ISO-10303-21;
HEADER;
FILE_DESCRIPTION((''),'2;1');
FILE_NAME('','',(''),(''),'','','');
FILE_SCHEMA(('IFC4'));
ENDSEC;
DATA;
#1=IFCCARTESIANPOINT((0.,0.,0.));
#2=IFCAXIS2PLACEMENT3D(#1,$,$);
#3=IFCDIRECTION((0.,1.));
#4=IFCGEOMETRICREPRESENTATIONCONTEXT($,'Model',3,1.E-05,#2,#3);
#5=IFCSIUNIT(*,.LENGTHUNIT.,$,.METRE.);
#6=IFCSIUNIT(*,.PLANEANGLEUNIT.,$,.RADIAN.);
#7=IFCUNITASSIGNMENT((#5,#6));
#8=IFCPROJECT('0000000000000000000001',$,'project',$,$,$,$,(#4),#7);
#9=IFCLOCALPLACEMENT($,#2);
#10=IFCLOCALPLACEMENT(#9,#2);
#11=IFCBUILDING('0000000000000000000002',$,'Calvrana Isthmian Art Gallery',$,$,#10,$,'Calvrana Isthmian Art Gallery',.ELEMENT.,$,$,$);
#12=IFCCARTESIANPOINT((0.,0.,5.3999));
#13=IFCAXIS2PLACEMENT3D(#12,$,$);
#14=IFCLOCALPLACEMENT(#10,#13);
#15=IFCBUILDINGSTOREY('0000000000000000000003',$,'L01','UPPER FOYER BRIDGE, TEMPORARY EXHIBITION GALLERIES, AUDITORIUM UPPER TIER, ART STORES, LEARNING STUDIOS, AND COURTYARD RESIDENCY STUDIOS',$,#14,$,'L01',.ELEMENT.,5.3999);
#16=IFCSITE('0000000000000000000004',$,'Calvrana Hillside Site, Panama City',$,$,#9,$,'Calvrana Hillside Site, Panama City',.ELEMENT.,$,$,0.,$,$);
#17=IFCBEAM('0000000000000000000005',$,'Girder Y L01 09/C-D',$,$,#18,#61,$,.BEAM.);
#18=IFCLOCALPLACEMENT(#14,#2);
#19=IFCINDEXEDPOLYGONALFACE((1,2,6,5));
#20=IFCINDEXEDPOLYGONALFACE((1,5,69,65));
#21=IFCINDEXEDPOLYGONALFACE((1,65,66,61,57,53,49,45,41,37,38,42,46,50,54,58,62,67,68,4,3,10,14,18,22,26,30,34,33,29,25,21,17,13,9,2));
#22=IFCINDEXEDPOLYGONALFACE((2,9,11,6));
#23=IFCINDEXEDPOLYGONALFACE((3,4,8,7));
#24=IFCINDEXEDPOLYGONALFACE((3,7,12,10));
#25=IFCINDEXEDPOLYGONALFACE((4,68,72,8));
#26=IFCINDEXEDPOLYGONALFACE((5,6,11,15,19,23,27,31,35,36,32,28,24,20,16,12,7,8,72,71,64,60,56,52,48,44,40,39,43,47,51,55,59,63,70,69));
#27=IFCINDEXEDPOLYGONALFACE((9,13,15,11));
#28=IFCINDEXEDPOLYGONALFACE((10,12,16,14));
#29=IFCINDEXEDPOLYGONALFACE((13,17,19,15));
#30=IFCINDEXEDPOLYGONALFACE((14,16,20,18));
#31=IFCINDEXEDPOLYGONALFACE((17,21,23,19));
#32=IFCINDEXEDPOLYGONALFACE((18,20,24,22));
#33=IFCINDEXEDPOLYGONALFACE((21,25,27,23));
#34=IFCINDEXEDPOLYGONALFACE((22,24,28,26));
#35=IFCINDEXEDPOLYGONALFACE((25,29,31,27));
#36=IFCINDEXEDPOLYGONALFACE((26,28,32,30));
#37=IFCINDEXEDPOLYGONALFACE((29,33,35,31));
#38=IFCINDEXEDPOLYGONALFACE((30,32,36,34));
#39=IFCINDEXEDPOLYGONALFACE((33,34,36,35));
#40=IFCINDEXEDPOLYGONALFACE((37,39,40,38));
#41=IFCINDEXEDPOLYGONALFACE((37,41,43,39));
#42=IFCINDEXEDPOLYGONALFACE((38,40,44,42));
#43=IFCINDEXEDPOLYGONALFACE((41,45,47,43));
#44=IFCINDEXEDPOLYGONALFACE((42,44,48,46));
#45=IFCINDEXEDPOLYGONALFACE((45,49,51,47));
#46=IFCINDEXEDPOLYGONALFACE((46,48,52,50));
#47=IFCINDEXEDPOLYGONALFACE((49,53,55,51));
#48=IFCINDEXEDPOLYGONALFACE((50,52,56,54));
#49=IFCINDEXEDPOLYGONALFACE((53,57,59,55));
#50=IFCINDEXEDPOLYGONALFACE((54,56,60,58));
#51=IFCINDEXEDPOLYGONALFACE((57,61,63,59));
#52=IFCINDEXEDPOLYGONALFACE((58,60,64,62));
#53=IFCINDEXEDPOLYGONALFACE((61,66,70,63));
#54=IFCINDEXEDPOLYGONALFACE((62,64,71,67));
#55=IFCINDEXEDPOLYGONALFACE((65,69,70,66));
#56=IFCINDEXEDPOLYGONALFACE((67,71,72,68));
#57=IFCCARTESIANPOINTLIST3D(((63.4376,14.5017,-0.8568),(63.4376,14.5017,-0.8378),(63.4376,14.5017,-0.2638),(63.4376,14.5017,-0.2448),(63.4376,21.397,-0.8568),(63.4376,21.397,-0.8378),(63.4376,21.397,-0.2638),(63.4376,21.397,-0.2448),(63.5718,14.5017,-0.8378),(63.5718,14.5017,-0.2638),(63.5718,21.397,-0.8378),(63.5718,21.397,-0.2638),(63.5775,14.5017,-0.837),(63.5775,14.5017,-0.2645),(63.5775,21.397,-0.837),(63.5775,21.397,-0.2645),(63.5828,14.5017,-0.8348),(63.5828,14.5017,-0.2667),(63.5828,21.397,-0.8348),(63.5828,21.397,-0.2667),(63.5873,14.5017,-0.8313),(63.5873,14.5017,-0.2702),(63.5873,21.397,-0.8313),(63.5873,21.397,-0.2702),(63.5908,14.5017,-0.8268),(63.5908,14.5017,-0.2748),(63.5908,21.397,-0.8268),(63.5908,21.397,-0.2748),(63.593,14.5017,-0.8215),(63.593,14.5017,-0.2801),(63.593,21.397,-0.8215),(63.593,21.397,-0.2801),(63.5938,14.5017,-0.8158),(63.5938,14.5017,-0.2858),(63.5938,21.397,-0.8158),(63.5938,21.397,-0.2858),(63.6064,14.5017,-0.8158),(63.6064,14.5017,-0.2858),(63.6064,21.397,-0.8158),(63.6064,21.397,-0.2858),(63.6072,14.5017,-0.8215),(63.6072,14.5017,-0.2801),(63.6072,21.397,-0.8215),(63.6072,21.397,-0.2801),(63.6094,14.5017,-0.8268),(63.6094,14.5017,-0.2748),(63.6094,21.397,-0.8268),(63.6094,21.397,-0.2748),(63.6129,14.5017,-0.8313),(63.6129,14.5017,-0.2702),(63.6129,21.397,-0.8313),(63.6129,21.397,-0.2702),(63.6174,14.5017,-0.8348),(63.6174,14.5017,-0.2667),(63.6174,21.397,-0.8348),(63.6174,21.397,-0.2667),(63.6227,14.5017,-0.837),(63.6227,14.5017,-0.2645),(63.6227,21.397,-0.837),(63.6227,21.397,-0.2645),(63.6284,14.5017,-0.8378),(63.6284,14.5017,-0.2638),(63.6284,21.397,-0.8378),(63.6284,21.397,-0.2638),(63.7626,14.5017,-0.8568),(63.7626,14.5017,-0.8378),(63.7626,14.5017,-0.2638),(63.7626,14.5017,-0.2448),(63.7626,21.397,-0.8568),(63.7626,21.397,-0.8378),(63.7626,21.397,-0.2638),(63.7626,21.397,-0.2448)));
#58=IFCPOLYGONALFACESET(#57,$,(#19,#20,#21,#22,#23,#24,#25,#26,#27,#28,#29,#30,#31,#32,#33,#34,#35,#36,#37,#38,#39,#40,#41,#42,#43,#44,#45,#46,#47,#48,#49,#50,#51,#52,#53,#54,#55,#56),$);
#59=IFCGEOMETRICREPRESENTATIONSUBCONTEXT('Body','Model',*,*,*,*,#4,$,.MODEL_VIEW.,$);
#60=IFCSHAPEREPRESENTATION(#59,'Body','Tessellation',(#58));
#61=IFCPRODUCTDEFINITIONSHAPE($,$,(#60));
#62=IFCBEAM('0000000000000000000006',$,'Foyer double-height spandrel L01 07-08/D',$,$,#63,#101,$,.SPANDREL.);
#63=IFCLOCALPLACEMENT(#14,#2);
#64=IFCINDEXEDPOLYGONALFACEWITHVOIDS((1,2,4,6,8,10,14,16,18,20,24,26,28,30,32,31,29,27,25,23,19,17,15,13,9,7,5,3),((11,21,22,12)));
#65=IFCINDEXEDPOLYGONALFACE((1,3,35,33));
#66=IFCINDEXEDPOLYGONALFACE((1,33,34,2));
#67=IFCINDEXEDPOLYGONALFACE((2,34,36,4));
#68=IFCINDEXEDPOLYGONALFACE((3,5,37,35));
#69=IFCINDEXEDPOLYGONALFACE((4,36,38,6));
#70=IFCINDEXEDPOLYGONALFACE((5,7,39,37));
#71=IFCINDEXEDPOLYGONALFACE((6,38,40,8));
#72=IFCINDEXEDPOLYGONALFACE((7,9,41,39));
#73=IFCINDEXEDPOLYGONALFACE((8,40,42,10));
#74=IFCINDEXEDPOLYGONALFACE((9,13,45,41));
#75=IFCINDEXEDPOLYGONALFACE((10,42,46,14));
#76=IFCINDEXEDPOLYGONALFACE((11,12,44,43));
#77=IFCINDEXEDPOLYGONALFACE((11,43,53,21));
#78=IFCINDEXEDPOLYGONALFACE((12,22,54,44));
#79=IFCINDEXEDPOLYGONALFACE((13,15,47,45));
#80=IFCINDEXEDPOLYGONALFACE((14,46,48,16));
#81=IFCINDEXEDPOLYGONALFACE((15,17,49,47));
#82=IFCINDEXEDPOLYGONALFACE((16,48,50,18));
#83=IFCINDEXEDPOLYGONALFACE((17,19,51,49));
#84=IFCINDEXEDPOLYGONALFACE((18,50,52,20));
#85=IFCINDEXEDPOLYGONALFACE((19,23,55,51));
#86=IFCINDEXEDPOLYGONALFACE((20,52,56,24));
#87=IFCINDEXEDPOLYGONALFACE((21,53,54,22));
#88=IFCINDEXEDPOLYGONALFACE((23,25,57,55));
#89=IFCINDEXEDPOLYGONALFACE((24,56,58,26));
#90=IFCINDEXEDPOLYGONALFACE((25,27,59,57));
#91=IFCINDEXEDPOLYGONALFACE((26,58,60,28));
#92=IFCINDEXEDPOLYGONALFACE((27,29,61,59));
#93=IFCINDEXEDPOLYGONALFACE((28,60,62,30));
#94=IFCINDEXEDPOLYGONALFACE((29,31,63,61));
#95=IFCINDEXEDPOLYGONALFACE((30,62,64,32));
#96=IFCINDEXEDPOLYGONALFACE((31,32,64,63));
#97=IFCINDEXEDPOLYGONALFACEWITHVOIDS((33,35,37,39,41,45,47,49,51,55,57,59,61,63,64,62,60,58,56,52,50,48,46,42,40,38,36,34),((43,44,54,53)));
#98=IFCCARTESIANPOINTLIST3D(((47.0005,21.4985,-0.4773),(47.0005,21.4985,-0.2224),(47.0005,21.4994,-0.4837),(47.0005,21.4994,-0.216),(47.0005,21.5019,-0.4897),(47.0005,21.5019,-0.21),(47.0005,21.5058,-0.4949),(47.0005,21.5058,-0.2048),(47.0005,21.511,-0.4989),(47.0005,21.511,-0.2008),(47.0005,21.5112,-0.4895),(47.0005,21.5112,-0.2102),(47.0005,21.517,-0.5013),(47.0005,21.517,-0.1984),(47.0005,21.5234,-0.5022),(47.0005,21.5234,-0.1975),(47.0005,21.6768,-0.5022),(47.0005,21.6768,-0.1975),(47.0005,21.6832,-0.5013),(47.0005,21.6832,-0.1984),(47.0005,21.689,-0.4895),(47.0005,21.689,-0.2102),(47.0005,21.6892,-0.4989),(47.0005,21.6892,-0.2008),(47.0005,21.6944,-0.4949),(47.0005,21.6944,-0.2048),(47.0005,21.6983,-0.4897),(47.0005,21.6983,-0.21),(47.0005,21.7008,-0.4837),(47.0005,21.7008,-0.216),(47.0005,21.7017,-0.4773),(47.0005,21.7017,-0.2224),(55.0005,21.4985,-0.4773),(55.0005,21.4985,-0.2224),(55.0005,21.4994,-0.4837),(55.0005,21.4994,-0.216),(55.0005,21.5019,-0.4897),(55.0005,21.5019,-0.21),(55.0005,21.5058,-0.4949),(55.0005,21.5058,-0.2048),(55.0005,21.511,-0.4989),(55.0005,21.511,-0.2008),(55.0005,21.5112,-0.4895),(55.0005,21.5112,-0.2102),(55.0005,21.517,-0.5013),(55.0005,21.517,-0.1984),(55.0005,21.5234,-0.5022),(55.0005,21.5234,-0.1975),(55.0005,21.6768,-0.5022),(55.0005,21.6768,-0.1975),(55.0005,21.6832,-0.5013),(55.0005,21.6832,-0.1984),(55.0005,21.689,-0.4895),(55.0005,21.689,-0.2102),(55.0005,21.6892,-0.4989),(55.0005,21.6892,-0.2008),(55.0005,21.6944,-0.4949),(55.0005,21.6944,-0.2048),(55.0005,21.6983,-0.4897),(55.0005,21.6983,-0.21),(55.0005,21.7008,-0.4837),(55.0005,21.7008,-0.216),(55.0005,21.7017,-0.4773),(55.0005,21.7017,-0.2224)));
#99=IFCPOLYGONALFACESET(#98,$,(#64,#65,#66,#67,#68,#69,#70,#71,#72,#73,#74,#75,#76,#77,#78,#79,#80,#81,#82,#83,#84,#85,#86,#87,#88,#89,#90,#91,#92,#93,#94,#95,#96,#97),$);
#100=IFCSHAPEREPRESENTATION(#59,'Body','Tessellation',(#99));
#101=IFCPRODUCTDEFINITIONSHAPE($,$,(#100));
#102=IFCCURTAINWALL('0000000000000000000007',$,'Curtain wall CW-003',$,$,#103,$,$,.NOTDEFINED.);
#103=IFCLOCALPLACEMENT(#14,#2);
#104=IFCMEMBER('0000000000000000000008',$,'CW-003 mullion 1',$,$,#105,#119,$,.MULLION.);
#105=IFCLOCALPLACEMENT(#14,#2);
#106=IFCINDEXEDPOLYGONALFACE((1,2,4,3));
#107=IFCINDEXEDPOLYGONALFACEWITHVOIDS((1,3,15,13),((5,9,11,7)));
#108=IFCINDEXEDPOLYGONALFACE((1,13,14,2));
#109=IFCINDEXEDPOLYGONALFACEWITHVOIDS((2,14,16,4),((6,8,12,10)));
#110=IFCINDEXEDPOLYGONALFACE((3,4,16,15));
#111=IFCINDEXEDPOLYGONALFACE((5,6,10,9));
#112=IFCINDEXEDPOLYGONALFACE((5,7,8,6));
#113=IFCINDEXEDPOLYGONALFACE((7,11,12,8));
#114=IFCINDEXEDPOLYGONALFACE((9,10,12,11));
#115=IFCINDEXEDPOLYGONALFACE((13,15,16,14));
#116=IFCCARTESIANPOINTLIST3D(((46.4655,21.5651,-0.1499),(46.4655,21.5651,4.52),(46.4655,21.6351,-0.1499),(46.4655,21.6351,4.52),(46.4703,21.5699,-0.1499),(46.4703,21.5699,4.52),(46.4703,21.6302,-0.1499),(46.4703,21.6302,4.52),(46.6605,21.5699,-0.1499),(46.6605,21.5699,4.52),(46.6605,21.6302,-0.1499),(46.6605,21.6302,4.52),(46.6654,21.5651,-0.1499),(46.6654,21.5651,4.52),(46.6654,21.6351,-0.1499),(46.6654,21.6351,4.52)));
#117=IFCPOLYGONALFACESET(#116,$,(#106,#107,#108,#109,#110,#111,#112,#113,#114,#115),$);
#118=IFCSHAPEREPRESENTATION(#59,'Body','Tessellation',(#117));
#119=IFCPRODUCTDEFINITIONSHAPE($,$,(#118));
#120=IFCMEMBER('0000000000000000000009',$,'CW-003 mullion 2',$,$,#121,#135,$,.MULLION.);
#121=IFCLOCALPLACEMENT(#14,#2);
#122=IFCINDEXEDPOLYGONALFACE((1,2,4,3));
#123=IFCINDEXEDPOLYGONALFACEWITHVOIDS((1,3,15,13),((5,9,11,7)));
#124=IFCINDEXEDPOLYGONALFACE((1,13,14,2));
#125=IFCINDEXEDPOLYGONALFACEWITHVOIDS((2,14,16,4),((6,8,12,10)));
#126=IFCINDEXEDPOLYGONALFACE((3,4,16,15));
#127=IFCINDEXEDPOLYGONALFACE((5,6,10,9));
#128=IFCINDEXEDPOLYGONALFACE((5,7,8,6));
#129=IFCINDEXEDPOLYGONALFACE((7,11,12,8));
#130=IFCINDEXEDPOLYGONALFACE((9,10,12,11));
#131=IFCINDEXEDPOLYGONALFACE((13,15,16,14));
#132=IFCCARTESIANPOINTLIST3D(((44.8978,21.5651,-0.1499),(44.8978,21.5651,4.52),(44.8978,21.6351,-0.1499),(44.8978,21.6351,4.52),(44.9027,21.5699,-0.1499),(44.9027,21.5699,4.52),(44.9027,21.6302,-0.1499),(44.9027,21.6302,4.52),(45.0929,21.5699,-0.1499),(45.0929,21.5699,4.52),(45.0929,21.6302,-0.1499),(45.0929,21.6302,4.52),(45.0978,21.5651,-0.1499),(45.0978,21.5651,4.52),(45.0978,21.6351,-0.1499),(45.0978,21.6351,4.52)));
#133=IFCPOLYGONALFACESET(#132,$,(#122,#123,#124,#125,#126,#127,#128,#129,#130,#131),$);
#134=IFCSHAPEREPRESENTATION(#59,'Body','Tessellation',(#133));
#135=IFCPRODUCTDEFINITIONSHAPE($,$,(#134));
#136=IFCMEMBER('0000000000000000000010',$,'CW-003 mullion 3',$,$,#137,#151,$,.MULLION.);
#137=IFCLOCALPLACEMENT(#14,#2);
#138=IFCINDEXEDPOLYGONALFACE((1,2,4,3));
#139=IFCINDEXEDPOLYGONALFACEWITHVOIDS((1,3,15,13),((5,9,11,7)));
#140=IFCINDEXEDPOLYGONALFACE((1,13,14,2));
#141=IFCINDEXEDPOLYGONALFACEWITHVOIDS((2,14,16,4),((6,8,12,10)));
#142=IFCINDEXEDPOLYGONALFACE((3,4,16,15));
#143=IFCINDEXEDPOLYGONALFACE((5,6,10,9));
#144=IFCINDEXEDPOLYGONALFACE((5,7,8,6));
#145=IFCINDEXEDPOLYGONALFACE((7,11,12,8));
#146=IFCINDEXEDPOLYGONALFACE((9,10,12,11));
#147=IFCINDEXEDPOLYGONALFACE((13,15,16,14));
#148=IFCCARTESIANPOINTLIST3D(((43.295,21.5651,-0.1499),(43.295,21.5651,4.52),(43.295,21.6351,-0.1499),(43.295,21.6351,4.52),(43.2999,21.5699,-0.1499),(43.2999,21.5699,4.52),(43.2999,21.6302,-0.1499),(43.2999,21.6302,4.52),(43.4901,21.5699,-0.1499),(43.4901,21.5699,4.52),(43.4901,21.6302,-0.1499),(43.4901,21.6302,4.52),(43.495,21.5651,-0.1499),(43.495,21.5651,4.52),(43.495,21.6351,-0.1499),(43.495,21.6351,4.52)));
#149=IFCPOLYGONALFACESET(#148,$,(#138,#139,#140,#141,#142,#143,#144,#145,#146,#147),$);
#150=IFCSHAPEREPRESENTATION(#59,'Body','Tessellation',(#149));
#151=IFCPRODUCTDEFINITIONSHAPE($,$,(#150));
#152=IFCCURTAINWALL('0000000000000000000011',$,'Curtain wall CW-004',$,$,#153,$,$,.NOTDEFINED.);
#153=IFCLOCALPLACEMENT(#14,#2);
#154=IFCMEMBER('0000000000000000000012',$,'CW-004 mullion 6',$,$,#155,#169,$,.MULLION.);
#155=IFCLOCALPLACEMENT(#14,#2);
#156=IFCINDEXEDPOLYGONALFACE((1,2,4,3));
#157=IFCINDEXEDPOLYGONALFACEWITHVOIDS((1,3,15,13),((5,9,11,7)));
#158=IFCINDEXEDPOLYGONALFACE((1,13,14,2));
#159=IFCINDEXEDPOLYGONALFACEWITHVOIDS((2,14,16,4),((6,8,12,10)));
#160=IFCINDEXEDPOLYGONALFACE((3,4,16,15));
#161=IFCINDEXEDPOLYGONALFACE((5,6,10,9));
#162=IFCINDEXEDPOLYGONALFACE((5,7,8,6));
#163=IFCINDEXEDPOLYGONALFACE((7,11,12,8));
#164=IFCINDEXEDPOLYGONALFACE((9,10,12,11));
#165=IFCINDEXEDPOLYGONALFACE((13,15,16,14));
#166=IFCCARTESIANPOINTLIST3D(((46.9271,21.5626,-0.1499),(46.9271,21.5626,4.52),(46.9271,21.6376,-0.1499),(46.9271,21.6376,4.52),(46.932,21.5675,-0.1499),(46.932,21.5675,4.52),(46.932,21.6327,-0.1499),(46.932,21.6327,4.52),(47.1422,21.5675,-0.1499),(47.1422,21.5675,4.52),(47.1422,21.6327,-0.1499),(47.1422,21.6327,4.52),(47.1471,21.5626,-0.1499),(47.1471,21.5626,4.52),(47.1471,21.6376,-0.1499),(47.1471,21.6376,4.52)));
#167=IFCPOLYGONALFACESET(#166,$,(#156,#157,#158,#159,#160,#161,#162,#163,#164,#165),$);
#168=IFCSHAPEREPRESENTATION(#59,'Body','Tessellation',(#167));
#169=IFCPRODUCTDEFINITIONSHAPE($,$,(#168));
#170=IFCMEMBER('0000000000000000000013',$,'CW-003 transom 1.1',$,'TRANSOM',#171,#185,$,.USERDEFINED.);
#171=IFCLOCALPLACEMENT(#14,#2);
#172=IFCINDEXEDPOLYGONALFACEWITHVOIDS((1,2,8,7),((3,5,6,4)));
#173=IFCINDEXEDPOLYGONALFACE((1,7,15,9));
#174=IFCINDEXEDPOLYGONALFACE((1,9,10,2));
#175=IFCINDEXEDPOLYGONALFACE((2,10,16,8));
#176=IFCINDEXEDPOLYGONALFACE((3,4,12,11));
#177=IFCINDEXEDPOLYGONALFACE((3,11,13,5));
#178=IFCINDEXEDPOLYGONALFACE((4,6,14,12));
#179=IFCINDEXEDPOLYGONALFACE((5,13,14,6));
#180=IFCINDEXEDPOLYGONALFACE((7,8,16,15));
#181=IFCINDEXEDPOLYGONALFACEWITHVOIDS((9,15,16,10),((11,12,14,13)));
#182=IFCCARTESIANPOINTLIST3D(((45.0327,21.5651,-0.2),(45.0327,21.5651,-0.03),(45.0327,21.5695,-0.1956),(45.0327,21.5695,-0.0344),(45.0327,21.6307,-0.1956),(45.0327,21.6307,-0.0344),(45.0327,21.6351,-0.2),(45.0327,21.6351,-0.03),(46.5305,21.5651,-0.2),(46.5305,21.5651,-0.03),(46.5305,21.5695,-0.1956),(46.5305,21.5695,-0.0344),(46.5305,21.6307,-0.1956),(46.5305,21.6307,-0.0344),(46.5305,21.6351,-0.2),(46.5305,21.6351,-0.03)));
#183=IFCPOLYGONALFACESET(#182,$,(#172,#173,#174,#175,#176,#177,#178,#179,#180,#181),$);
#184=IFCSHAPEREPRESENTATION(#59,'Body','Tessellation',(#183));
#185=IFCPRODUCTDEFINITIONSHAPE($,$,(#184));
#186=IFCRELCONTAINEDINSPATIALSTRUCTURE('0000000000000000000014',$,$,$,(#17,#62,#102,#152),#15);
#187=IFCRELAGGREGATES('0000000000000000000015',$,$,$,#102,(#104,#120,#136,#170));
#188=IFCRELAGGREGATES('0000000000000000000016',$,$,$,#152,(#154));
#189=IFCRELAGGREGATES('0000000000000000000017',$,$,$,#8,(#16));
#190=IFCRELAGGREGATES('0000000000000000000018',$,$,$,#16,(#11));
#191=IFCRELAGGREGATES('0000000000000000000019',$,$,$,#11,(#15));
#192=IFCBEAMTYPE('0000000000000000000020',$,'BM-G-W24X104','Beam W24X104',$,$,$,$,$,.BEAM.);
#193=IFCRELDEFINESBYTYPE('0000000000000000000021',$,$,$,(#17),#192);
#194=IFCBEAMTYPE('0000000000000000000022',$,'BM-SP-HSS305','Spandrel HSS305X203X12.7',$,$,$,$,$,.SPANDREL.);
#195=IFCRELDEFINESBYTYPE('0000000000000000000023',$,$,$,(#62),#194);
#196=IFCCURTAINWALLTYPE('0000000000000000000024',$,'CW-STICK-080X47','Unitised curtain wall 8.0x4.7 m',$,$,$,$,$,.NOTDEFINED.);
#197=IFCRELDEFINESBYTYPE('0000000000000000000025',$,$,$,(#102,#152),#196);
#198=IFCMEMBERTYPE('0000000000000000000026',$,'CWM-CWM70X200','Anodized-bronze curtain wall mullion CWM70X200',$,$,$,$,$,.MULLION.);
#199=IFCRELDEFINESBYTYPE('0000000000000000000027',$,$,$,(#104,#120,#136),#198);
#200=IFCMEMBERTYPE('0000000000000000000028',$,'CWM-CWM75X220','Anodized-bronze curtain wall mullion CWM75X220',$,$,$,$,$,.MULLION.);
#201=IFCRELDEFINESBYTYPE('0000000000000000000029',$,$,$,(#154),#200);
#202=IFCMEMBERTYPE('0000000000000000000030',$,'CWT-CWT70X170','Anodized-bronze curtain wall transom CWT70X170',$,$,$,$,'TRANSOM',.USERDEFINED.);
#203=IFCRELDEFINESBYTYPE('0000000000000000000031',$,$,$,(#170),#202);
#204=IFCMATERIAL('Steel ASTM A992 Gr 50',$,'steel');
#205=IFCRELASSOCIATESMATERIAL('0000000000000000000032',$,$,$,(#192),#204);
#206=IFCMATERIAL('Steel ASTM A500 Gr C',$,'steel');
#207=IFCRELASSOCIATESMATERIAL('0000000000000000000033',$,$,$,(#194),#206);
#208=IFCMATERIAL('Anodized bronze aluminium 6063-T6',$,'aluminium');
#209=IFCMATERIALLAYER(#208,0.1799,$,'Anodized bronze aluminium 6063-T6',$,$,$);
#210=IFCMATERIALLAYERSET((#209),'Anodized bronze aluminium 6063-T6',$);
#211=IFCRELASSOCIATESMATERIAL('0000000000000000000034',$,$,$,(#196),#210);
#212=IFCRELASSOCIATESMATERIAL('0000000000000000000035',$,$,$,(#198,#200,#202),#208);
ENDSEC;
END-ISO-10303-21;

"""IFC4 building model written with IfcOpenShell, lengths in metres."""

from ifc_helpers import new_model, si_unit, direction, frame, origin, origin_2d, place, context, subcontext, project, spatial, hollow_rectangle, i_section, extrude, material, layer, layer_set, material_profile, profile_set, type_object, element, aggregate, save


model = new_model("IFC4")

# Units and contexts
model_context = context("Model", 3, precision=1e-05, world=origin(), true_north=direction((0.0, 1.0)))
body_context = subcontext(model_context, "Body", "Model", "MODEL_VIEW")
ifc_project = project(units=[si_unit("LENGTHUNIT", "METRE"), si_unit("PLANEANGLEUNIT", "RADIAN")], contexts=[model_context])

# Site, building, storey
site_placement = place(None, origin())
site = spatial("IfcSite", under=ifc_project, at=site_placement, Name="Calvrana Hillside Site, Panama City", LongName="Calvrana Hillside Site, Panama City", CompositionType="ELEMENT", RefElevation=0.0)
building_placement = place(site_placement, origin())
building = spatial("IfcBuilding", under=site, at=building_placement, Name="Calvrana Isthmian Art Gallery", LongName="Calvrana Isthmian Art Gallery", CompositionType="ELEMENT")
storey_placement = place(building_placement, frame((0.0, 0.0, 5.3999)))
storey = spatial("IfcBuildingStorey", under=building, at=storey_placement, Name="L01", Description="UPPER FOYER BRIDGE, TEMPORARY EXHIBITION GALLERIES, AUDITORIUM UPPER TIER, ART STORES, LEARNING STUDIOS, AND COURTYARD RESIDENCY STUDIOS", LongName="L01", CompositionType="ELEMENT", Elevation=5.3999)

# Shared definitions
ifc_material_1 = material(Name="Steel ASTM A992 Gr 50", Category="steel")

# Beams
ifc_material_profile_1 = material_profile(ifc_material_1, i_section(OverallWidth=0.325, OverallDepth=0.6121, WebThickness=0.0127, FlangeThickness=0.019, FilletRadius=0.022, at=origin_2d()), Name="W24X104")
ifc_profile_set_1 = profile_set([ifc_material_profile_1], Name="Steel ASTM A992 Gr 50")
beam_type_1 = type_object("IfcBeamType", Name="BM-G-W24X104", Description="Beam W24X104", PredefinedType="BEAM", material=ifc_profile_set_1)
beam_1_placement = place(storey_placement, frame((63.6001, 14.5017, -0.5508), z_axis=(0.0, 1.0, 0.0), x_axis=(-1.0, 0.0, 0.0)))
element("IfcBeam", 1, at=beam_1_placement, inside=storey, type_object=beam_type_1, Name="Girder Y L01 09/C-D", PredefinedType="BEAM", context=body_context, shape_type="SweptSolid", body=[
    extrude(i_section(OverallWidth=0.325, OverallDepth=0.6121, WebThickness=0.0127, FlangeThickness=0.019, FilletRadius=0.022, at=origin_2d()), origin(), (0.0, 0.0, 1.0), 6.8953),
])
ifc_material_2 = material(Name="Steel ASTM A500 Gr C", Category="steel")
ifc_material_profile_2 = material_profile(ifc_material_2, hollow_rectangle(XDim=0.2031, YDim=0.3047, WallThickness=0.0127, OuterFilletRadius=0.0249, at=origin_2d()), Name="HSS305X203X12.7")
ifc_profile_set_2 = profile_set([ifc_material_profile_2], Name="Steel ASTM A500 Gr C")
beam_type_2 = type_object("IfcBeamType", Name="BM-SP-HSS305", Description="Spandrel HSS305X203X12.7", PredefinedType="SPANDREL", material=ifc_profile_set_2)
beam_2_placement = place(storey_placement, frame((47.0005, 21.6001, -0.3499), z_axis=(1.0, 0.0, 0.0), x_axis=(0.0, 1.0, 0.0)))
element("IfcBeam", 2, at=beam_2_placement, inside=storey, type_object=beam_type_2, Name="Foyer double-height spandrel L01 07-08/D", PredefinedType="SPANDREL", context=body_context, shape_type="SweptSolid", body=[
    extrude(hollow_rectangle(XDim=0.2031, YDim=0.3047, WallThickness=0.0127, OuterFilletRadius=0.0249, at=origin_2d()), origin(), (0.0, 0.0, 1.0), 8.0),
])

# Curtain wall, members
ifc_material_3 = material(Name="Anodized bronze aluminium 6063-T6", Category="aluminium")
ifc_layer_1 = layer(ifc_material_3, 0.1799, Name="Anodized bronze aluminium 6063-T6")
ifc_layer_set_1 = layer_set([ifc_layer_1], Name="Anodized bronze aluminium 6063-T6")
curtain_wall_type = type_object("IfcCurtainWallType", Name="CW-STICK-080X47", Description="Unitised curtain wall 8.0x4.7 m", PredefinedType="NOTDEFINED", material=ifc_layer_set_1)
curtain_wall_1_placement = place(storey_placement, origin())
curtain_wall_1 = element("IfcCurtainWall", 3, at=curtain_wall_1_placement, inside=storey, type_object=curtain_wall_type, Name="Curtain wall CW-003", PredefinedType="NOTDEFINED")
ifc_material_profile_3 = material_profile(ifc_material_3, hollow_rectangle(XDim=0.0701, YDim=0.2, WallThickness=0.0049, at=origin_2d()), Name="CWM70X200")
ifc_profile_set_3 = profile_set([ifc_material_profile_3], Name="Anodized bronze aluminium 6063-T6")
member_type_1 = type_object("IfcMemberType", Name="CWM-CWM70X200", Description="Anodized-bronze curtain wall mullion CWM70X200", PredefinedType="MULLION", material=ifc_profile_set_3)
member_1_placement = place(storey_placement, frame((46.5654, 21.6001, -0.1499), z_axis=(0.0, 0.0, 1.0), x_axis=(0.0, -1.0, 0.0)))
member_1 = element("IfcMember", 4, at=member_1_placement, type_object=member_type_1, Name="CW-003 mullion 1", PredefinedType="MULLION", context=body_context, shape_type="SweptSolid", body=[
    extrude(hollow_rectangle(XDim=0.0701, YDim=0.2, WallThickness=0.0049, at=origin_2d()), origin(), (0.0, 0.0, 1.0), 4.6699),
])
member_2_placement = place(storey_placement, frame((44.9978, 21.6001, -0.1499), z_axis=(0.0, 0.0, 1.0), x_axis=(0.0, -1.0, 0.0)))
member_2 = element("IfcMember", 5, at=member_2_placement, type_object=member_type_1, Name="CW-003 mullion 2", PredefinedType="MULLION", context=body_context, shape_type="SweptSolid", body=[
    extrude(hollow_rectangle(XDim=0.0701, YDim=0.2, WallThickness=0.0049, at=origin_2d()), origin(), (0.0, 0.0, 1.0), 4.6699),
])
member_3_placement = place(storey_placement, frame((43.395, 21.6001, -0.1499), z_axis=(0.0, 0.0, 1.0), x_axis=(0.0, -1.0, 0.0)))
member_3 = element("IfcMember", 6, at=member_3_placement, type_object=member_type_1, Name="CW-003 mullion 3", PredefinedType="MULLION", context=body_context, shape_type="SweptSolid", body=[
    extrude(hollow_rectangle(XDim=0.0701, YDim=0.2, WallThickness=0.0049, at=origin_2d()), origin(), (0.0, 0.0, 1.0), 4.6699),
])

# Curtain wall, member
curtain_wall_2_placement = place(storey_placement, origin())
curtain_wall_2 = element("IfcCurtainWall", 7, at=curtain_wall_2_placement, inside=storey, type_object=curtain_wall_type, Name="Curtain wall CW-004", PredefinedType="NOTDEFINED")
ifc_material_profile_4 = material_profile(ifc_material_3, hollow_rectangle(XDim=0.075, YDim=0.22, WallThickness=0.0049, at=origin_2d()), Name="CWM75X220")
ifc_profile_set_4 = profile_set([ifc_material_profile_4], Name="Anodized bronze aluminium 6063-T6")
member_type_2 = type_object("IfcMemberType", Name="CWM-CWM75X220", Description="Anodized-bronze curtain wall mullion CWM75X220", PredefinedType="MULLION", material=ifc_profile_set_4)
member_4_placement = place(storey_placement, frame((47.0371, 21.6001, -0.1499), z_axis=(0.0, 0.0, 1.0), x_axis=(0.0, -1.0, 0.0)))
member_4 = element("IfcMember", 8, at=member_4_placement, type_object=member_type_2, Name="CW-004 mullion 6", PredefinedType="MULLION", context=body_context, shape_type="SweptSolid", body=[
    extrude(hollow_rectangle(XDim=0.075, YDim=0.22, WallThickness=0.0049, at=origin_2d()), origin(), (0.0, 0.0, 1.0), 4.6699),
])

# Member
ifc_material_profile_5 = material_profile(ifc_material_3, hollow_rectangle(XDim=0.0701, YDim=0.1699, WallThickness=0.0044, at=origin_2d()), Name="CWT70X170")
ifc_profile_set_5 = profile_set([ifc_material_profile_5], Name="Anodized bronze aluminium 6063-T6")
member_type_3 = type_object("IfcMemberType", Name="CWT-CWT70X170", Description="Anodized-bronze curtain wall transom CWT70X170", ElementType="TRANSOM", PredefinedType="USERDEFINED", material=ifc_profile_set_5)
member_5_placement = place(storey_placement, frame((46.5305, 21.6001, -0.115), z_axis=(-1.0, 0.0, 0.0), x_axis=(0.0, -1.0, 0.0)))
member_5 = element("IfcMember", 9, at=member_5_placement, type_object=member_type_3, Name="CW-003 transom 1.1", ObjectType="TRANSOM", PredefinedType="USERDEFINED", context=body_context, shape_type="SweptSolid", body=[
    extrude(hollow_rectangle(XDim=0.0701, YDim=0.1699, WallThickness=0.0044, at=origin_2d()), origin(), (0.0, 0.0, 1.0), 1.4978),
])

aggregate(curtain_wall_1, [member_1, member_2, member_3, member_5])
aggregate(curtain_wall_2, [member_4])

save(model, "model.ifc")
